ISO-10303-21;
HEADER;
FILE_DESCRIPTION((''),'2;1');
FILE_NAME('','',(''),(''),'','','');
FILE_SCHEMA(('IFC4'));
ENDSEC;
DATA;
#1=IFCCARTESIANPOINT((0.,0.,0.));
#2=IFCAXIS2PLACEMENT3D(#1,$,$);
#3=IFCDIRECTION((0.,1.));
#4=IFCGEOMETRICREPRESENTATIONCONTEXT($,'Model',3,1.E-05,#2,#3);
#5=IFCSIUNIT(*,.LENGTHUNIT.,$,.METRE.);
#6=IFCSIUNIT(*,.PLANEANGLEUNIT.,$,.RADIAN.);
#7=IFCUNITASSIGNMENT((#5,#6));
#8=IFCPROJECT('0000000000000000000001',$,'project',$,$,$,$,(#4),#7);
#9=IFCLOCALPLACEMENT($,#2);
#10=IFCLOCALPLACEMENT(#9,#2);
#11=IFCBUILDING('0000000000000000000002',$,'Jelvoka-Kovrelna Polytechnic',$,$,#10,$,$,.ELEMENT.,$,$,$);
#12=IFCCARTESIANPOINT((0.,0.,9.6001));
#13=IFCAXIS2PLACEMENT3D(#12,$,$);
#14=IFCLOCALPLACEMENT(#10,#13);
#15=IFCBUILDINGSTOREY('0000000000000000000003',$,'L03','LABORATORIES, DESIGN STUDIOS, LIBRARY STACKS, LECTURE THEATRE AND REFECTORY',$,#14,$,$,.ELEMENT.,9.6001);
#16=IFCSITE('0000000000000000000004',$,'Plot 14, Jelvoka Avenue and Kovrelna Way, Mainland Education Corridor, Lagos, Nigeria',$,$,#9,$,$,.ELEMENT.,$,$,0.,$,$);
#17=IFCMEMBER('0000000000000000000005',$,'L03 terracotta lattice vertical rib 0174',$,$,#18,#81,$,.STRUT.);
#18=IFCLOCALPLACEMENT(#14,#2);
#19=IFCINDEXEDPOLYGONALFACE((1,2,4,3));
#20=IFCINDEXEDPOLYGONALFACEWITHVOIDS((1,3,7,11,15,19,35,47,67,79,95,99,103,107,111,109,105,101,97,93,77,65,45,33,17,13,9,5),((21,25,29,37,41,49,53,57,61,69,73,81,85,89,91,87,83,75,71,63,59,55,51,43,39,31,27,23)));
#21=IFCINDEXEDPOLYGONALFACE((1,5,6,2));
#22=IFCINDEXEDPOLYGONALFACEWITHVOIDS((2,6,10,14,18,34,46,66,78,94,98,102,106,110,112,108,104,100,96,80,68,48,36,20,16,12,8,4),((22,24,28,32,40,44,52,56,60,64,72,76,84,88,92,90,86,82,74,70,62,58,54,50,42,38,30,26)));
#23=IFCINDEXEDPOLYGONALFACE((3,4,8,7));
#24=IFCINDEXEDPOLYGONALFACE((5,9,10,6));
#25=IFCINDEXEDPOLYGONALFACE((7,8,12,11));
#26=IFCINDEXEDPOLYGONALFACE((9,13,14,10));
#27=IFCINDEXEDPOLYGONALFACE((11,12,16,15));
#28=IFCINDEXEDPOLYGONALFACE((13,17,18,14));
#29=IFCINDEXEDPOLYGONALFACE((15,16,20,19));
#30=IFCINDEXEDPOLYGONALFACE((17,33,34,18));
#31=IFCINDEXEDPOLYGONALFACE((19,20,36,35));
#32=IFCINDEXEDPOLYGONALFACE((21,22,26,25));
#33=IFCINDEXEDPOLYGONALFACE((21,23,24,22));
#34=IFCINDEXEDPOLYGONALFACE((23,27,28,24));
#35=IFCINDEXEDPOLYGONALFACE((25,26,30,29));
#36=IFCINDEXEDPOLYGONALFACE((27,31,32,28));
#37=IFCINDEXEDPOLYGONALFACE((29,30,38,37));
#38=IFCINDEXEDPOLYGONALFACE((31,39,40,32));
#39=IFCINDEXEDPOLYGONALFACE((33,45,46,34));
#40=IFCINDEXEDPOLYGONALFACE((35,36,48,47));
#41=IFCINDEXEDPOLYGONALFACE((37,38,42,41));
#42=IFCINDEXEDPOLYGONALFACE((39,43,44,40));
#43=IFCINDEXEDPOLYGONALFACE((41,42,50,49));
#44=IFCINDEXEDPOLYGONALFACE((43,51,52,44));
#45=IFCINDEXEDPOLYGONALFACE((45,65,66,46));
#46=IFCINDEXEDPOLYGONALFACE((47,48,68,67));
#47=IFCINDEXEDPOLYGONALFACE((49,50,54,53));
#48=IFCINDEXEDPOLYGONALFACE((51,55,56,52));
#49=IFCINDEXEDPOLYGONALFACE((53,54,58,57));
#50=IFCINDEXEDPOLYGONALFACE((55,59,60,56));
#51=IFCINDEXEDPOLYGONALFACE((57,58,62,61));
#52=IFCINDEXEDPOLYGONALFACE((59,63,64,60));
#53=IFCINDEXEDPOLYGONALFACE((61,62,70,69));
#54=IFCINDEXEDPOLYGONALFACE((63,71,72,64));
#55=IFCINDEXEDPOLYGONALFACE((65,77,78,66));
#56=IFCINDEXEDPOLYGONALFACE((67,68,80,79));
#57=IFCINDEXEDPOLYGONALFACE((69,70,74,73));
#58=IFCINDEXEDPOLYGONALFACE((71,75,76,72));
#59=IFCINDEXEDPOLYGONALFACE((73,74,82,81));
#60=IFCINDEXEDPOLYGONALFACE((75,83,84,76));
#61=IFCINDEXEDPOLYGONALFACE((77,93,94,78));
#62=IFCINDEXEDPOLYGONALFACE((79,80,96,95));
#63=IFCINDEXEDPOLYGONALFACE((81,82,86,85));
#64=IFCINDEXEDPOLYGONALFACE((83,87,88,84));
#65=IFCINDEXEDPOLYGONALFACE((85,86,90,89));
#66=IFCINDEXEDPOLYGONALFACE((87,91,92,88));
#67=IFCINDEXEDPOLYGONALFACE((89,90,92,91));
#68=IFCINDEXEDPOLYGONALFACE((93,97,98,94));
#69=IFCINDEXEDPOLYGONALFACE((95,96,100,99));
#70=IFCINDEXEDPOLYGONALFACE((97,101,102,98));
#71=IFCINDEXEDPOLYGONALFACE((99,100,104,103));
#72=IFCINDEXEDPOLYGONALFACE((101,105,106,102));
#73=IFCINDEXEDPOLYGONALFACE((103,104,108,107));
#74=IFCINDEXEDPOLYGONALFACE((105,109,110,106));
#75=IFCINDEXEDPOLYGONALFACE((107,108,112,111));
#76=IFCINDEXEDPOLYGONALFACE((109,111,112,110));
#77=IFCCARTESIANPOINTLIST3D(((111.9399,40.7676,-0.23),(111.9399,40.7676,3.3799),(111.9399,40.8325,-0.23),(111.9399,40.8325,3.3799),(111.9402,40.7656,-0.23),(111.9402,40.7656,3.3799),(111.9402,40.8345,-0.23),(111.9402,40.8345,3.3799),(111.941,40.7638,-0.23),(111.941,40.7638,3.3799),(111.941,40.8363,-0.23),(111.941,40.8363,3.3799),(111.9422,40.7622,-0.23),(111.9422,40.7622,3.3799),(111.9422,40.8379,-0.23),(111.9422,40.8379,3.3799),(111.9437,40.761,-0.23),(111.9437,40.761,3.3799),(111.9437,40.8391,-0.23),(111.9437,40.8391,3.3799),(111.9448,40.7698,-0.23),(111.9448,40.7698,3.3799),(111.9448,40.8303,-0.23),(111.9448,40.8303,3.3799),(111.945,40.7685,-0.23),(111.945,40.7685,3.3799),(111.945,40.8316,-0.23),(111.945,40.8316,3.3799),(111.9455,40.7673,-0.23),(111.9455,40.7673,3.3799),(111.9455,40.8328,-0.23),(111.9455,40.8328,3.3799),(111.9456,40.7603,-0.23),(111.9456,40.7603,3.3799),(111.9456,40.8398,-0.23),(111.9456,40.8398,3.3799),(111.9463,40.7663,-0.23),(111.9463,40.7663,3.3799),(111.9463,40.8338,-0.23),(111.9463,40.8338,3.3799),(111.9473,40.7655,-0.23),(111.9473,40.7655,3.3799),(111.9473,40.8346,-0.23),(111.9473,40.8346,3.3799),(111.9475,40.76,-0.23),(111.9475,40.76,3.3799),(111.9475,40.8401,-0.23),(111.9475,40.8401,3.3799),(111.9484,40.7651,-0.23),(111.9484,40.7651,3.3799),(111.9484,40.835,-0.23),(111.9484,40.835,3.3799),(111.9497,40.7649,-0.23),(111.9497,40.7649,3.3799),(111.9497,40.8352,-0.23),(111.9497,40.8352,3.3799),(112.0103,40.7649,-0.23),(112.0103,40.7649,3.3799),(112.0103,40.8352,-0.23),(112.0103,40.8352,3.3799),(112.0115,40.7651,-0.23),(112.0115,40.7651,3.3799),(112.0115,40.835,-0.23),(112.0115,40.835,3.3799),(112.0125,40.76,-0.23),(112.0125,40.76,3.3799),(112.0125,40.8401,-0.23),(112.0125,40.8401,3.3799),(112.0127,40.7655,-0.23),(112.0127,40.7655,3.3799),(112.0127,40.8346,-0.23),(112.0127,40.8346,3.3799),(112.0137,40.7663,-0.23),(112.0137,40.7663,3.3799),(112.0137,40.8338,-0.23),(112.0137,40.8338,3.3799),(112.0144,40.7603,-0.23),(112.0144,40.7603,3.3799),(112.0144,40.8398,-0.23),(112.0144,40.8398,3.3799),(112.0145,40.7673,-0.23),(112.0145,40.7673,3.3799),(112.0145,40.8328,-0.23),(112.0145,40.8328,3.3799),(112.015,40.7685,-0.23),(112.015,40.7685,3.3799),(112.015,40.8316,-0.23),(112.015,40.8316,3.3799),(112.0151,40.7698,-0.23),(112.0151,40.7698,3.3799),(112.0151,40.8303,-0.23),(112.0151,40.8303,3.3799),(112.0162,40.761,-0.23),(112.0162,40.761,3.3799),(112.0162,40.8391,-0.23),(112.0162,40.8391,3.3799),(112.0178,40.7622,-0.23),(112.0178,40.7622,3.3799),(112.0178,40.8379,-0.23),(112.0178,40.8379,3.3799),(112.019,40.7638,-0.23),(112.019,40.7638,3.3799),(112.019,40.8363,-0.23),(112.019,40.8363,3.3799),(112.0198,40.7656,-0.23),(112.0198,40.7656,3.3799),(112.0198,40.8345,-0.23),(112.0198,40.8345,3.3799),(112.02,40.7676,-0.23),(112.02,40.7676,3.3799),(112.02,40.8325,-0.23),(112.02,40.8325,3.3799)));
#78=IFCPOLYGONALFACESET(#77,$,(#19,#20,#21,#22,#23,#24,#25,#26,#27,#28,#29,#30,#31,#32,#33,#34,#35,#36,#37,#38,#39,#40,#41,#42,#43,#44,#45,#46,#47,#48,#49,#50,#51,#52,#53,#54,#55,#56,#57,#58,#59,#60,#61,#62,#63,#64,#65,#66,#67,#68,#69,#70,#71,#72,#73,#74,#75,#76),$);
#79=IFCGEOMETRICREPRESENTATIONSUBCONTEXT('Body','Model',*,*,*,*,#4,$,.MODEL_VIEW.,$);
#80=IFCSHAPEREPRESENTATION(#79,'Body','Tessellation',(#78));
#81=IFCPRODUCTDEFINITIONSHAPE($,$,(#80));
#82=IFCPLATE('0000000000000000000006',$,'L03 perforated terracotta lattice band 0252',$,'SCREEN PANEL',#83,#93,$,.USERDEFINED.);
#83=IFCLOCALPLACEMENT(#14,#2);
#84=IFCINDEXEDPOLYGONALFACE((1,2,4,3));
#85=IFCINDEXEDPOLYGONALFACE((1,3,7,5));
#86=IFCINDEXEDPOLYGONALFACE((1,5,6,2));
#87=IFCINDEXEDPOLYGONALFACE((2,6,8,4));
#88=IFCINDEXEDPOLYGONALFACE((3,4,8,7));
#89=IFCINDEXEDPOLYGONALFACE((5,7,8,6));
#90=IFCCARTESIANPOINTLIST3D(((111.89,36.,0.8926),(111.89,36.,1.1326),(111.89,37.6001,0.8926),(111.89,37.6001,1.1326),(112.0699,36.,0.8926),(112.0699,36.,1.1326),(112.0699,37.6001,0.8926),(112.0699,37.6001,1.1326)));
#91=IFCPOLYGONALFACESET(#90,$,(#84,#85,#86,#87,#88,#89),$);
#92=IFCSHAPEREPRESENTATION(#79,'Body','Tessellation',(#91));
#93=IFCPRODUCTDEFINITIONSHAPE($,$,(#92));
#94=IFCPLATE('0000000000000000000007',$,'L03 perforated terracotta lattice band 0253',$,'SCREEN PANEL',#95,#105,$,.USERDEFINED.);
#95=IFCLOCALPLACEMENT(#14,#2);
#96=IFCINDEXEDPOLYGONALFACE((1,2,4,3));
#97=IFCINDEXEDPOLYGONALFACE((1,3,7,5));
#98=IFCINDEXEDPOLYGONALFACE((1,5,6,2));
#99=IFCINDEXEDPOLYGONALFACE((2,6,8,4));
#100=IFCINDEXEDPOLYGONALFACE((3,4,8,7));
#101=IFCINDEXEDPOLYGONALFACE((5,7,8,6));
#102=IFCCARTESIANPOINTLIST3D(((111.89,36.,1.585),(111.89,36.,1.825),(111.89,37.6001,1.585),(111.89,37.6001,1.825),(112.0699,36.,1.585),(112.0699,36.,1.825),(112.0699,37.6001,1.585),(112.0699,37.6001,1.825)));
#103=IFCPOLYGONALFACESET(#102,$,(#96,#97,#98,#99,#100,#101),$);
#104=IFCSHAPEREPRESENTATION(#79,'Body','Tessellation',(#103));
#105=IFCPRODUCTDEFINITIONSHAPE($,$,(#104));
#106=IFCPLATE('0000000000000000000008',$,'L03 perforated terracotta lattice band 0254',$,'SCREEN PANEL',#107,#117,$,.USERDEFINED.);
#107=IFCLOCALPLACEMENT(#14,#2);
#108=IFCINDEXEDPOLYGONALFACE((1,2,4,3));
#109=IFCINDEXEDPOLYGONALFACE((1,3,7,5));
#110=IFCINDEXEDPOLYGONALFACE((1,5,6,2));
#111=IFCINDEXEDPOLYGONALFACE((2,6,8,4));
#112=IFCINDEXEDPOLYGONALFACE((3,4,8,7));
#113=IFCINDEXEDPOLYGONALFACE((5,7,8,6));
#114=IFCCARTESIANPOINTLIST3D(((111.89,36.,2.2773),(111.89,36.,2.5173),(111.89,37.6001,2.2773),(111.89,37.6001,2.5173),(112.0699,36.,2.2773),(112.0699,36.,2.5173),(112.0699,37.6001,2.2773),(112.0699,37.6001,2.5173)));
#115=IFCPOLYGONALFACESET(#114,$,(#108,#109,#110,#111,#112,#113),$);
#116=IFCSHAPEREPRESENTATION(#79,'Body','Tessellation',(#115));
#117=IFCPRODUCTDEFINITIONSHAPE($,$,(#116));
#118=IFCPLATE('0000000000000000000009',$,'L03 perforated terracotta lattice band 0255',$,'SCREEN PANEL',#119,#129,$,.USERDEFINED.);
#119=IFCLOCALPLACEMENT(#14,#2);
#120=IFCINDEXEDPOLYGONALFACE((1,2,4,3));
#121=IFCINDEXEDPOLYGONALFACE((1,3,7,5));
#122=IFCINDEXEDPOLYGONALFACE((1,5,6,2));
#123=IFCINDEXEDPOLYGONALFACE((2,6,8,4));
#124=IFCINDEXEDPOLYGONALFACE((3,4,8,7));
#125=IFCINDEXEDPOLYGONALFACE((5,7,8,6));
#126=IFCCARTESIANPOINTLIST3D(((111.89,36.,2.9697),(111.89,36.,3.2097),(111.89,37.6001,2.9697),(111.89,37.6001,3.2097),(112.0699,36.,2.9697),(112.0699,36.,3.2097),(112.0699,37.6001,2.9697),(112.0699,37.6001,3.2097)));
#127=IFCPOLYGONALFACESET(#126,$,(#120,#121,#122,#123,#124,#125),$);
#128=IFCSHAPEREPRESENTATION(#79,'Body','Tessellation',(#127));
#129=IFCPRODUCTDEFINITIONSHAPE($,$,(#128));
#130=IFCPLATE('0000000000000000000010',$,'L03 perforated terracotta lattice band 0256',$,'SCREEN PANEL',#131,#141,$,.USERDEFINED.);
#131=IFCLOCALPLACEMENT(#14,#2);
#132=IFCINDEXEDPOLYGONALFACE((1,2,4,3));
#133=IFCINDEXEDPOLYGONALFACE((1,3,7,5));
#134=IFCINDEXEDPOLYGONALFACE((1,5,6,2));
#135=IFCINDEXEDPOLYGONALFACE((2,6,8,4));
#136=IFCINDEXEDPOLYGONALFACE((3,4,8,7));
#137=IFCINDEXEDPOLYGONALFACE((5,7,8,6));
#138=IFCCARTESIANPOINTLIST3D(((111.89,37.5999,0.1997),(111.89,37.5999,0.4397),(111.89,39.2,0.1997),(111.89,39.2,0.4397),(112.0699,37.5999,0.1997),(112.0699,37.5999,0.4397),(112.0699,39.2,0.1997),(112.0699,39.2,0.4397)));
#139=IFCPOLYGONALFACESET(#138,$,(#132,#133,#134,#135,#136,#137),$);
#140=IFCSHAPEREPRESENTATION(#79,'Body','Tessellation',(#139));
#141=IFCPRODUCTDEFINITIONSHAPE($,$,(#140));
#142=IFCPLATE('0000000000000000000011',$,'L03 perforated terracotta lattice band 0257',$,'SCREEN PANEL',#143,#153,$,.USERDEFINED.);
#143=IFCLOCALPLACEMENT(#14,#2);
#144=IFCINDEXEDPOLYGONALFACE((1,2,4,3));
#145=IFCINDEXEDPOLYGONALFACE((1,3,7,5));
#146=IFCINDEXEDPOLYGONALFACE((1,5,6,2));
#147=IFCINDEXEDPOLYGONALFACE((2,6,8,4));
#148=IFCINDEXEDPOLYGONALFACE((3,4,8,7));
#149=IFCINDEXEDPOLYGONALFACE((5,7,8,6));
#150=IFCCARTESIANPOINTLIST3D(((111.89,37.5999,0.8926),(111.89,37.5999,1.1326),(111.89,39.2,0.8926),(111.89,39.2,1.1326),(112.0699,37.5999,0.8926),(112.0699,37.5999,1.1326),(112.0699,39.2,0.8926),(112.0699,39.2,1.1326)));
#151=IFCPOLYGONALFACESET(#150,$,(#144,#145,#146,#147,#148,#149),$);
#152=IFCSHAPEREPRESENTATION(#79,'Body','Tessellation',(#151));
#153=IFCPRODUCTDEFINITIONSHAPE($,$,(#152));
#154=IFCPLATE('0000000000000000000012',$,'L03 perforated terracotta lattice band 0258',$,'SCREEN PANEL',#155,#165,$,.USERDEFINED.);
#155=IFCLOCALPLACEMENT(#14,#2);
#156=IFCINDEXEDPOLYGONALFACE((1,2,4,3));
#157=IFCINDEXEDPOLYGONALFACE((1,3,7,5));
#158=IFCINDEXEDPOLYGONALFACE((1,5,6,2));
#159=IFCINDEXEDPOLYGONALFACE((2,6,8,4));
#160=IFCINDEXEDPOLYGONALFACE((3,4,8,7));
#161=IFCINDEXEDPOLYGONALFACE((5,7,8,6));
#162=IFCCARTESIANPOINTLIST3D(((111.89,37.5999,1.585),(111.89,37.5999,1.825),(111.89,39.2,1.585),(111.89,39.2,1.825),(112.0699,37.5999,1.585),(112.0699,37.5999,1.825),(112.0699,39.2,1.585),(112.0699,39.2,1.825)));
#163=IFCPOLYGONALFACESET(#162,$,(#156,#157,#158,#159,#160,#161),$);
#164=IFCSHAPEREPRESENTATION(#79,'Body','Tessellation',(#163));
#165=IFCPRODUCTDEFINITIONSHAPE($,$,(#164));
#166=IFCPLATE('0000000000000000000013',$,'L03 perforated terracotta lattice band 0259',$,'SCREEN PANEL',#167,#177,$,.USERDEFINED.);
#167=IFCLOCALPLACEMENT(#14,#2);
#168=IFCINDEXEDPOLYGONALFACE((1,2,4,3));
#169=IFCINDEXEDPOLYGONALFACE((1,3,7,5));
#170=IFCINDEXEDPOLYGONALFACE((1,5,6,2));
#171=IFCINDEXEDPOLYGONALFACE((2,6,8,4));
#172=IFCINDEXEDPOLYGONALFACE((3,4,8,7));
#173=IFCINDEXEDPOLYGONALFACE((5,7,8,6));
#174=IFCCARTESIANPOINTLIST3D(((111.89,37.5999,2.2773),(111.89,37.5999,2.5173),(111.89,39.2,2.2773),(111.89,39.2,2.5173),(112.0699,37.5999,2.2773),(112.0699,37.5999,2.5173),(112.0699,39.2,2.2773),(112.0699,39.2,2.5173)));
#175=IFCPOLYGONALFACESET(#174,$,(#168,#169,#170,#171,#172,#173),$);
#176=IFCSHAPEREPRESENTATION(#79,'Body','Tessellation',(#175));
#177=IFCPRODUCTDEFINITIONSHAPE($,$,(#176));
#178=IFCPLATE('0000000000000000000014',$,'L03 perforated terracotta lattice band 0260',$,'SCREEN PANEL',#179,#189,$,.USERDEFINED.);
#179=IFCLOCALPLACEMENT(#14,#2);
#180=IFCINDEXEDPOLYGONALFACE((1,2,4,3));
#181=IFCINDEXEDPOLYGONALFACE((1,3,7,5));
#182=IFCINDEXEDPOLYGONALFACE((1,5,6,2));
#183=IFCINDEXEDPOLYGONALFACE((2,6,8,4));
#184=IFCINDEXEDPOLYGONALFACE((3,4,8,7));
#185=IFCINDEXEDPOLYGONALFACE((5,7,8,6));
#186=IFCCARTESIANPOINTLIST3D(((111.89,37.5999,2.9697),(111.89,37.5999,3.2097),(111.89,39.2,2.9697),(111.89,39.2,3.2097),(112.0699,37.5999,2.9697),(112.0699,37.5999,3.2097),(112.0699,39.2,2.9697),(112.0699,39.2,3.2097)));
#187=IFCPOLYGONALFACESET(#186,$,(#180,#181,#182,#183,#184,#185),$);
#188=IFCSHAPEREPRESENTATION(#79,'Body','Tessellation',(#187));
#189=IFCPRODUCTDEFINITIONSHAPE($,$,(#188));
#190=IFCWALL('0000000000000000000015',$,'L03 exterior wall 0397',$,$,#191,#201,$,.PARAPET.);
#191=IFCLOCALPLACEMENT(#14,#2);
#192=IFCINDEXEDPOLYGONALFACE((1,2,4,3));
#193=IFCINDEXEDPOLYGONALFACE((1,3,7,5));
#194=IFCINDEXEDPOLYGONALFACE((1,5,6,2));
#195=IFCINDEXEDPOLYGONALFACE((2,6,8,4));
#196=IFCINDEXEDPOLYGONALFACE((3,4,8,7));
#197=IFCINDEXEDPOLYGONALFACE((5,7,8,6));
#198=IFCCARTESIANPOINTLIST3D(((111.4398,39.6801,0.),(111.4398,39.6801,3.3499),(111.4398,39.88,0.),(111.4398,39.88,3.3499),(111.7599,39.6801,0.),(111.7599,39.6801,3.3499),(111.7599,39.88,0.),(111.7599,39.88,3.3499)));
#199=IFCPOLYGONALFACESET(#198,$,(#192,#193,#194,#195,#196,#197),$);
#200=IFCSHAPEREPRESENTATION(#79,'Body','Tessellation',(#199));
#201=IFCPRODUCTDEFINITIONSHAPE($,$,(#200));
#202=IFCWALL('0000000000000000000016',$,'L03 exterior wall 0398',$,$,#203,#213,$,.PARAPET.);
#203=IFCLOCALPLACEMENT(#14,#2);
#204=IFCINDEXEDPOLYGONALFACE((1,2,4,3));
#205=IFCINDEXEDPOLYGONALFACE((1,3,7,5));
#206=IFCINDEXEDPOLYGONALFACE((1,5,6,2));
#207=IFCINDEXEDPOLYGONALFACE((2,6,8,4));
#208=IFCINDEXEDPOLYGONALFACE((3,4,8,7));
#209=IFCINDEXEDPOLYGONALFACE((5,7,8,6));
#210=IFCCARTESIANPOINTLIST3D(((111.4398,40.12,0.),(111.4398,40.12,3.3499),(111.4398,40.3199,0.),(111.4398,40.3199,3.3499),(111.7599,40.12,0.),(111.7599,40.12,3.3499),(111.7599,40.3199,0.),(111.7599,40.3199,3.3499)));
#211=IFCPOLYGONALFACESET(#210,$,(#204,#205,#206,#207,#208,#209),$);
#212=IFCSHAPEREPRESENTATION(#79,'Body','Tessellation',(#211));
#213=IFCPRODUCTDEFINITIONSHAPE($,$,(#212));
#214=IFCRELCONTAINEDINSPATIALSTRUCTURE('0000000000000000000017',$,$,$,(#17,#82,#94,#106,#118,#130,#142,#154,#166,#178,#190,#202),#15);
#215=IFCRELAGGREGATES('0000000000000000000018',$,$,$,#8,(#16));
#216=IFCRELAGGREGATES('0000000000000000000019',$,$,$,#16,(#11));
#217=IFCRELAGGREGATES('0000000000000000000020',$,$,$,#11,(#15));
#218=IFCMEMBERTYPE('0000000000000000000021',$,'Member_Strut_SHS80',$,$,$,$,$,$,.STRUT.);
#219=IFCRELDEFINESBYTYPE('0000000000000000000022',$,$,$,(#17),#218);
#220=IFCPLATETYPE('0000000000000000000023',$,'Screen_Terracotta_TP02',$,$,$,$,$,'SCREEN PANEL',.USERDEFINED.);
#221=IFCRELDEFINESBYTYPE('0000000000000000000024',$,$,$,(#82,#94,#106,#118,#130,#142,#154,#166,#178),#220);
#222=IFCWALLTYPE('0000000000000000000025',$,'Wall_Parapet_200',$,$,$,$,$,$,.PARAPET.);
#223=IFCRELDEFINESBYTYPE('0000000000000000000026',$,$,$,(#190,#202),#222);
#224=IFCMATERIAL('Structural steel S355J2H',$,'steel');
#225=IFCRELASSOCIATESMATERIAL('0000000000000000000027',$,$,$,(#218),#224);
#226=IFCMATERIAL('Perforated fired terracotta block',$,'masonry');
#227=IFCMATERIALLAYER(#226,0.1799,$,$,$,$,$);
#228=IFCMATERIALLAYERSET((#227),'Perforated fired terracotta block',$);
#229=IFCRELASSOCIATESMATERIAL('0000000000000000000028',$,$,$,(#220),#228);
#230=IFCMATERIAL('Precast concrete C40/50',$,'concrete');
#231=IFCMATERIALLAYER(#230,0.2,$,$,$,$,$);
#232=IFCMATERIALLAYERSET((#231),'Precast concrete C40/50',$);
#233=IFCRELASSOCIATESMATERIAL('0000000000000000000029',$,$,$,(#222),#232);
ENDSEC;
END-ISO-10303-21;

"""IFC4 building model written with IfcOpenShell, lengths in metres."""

from ifc_helpers import new_model, si_unit, direction, frame, frame_2d, origin, origin_2d, place, context, subcontext, project, spatial, rectangle, hollow_rectangle, extrude, material, layer, layer_set, material_profile, profile_set, type_object, element, save


model = new_model("IFC4")

# Units and contexts
model_context = context("Model", 3, precision=1e-05, world=origin(), true_north=direction((0.0, 1.0)))
body_context = subcontext(model_context, "Body", "Model", "MODEL_VIEW")
ifc_project = project(units=[si_unit("LENGTHUNIT", "METRE"), si_unit("PLANEANGLEUNIT", "RADIAN")], contexts=[model_context])

# Site, building, storey
site_placement = place(None, origin())
site = spatial("IfcSite", under=ifc_project, at=site_placement, Name="Plot 14, Jelvoka Avenue and Kovrelna Way, Mainland Education Corridor, Lagos, Nigeria", CompositionType="ELEMENT", RefElevation=0.0)
building_placement = place(site_placement, origin())
building = spatial("IfcBuilding", under=site, at=building_placement, Name="Jelvoka-Kovrelna Polytechnic", CompositionType="ELEMENT")
storey_placement = place(building_placement, frame((0.0, 0.0, 9.6001)))
storey = spatial("IfcBuildingStorey", under=building, at=storey_placement, Name="L03", Description="LABORATORIES, DESIGN STUDIOS, LIBRARY STACKS, LECTURE THEATRE AND REFECTORY", CompositionType="ELEMENT", Elevation=9.6001)

# Member
ifc_material_1 = material(Name="Structural steel S355J2H", Category="steel")
ifc_material_profile_1 = material_profile(ifc_material_1, hollow_rectangle(XDim=0.0801, YDim=0.0801, WallThickness=0.0049, InnerFilletRadius=0.0049, OuterFilletRadius=0.0076, at=origin_2d()), Name="80x80x5.0 SHS")
ifc_profile_set_1 = profile_set([ifc_material_profile_1], Name="Structural steel S355J2H")
member_type_1 = type_object("IfcMemberType", Name="Member_Strut_SHS80", PredefinedType="STRUT", material=ifc_profile_set_1)
for number, where, z_axis, x_axis, name in (
    (1, (111.98, 40.8, -0.23), (0.0, 0.0, 1.0), (1.0, 0.0, 0.0), "L03 terracotta lattice vertical rib 0174"),
):
    element("IfcMember", number, at=place(storey_placement, frame(where, z_axis=z_axis, x_axis=x_axis)), inside=storey, type_object=member_type_1, Name=name, PredefinedType="STRUT", context=body_context, shape_type="SweptSolid", body=[
        extrude(hollow_rectangle(XDim=0.0801, YDim=0.0801, WallThickness=0.0049, InnerFilletRadius=0.0049, OuterFilletRadius=0.0076, at=origin_2d()), origin(), (0.0, 0.0, 1.0), 3.6099),
    ])

# Plates
ifc_material_2 = material(Name="Perforated fired terracotta block", Category="masonry")
ifc_layer_1 = layer(ifc_material_2, 0.1799)
ifc_layer_set_1 = layer_set([ifc_layer_1], Name="Perforated fired terracotta block")
plate_type = type_object("IfcPlateType", Name="Screen_Terracotta_TP02", ElementType="SCREEN PANEL", PredefinedType="USERDEFINED", material=ifc_layer_set_1)
for number, where, z_axis, x_axis, name in (
    (2, (111.98, 36.8, 0.8926), (0.0, 0.0, 1.0), (0.0, 1.0, 0.0), "L03 perforated terracotta lattice band 0252"),
    (3, (111.98, 36.8, 1.585), (0.0, 0.0, 1.0), (0.0, 1.0, 0.0), "L03 perforated terracotta lattice band 0253"),
    (4, (111.98, 36.8, 2.2773), (0.0, 0.0, 1.0), (0.0, 1.0, 0.0), "L03 perforated terracotta lattice band 0254"),
    (5, (111.98, 36.8, 2.9697), (0.0, 0.0, 1.0), (0.0, 1.0, 0.0), "L03 perforated terracotta lattice band 0255"),
    (6, (111.98, 38.3999, 0.1997), (0.0, 0.0, 1.0), (0.0, 1.0, 0.0), "L03 perforated terracotta lattice band 0256"),
    (7, (111.98, 38.3999, 0.8926), (0.0, 0.0, 1.0), (0.0, 1.0, 0.0), "L03 perforated terracotta lattice band 0257"),
    (8, (111.98, 38.3999, 1.585), (0.0, 0.0, 1.0), (0.0, 1.0, 0.0), "L03 perforated terracotta lattice band 0258"),
    (9, (111.98, 38.3999, 2.2773), (0.0, 0.0, 1.0), (0.0, 1.0, 0.0), "L03 perforated terracotta lattice band 0259"),
    (10, (111.98, 38.3999, 2.9697), (0.0, 0.0, 1.0), (0.0, 1.0, 0.0), "L03 perforated terracotta lattice band 0260"),
):
    element("IfcPlate", number, at=place(storey_placement, frame(where, z_axis=z_axis, x_axis=x_axis)), inside=storey, type_object=plate_type, Name=name, ObjectType="SCREEN PANEL", PredefinedType="USERDEFINED", context=body_context, shape_type="SweptSolid", body=[
        extrude(rectangle(XDim=1.6001, YDim=0.1799, at=origin_2d()), origin(), (0.0, 0.0, 1.0), 0.24),
    ])

# Walls
ifc_material_3 = material(Name="Precast concrete C40/50", Category="concrete")
ifc_layer_2 = layer(ifc_material_3, 0.2)
ifc_layer_set_2 = layer_set([ifc_layer_2], Name="Precast concrete C40/50")
wall_type = type_object("IfcWallType", Name="Wall_Parapet_200", PredefinedType="PARAPET", material=ifc_layer_set_2)
for number, where, z_axis, x_axis, name in (
    (11, (111.76, 39.78, 0.0), (0.0, 0.0, 1.0), (-1.0, 0.0, 0.0), "L03 exterior wall 0397"),
    (12, (111.76, 40.22, 0.0), (0.0, 0.0, 1.0), (-1.0, 0.0, 0.0), "L03 exterior wall 0398"),
):
    element("IfcWall", number, at=place(storey_placement, frame(where, z_axis=z_axis, x_axis=x_axis)), inside=storey, type_object=wall_type, Name=name, PredefinedType="PARAPET", context=body_context, shape_type="SweptSolid", body=[
        extrude(rectangle(XDim=0.3201, YDim=0.2, at=frame_2d((0.1602, 0.0))), origin(), (0.0, 0.0, 1.0), 3.3499),
    ])

save(model, "model.ifc")
